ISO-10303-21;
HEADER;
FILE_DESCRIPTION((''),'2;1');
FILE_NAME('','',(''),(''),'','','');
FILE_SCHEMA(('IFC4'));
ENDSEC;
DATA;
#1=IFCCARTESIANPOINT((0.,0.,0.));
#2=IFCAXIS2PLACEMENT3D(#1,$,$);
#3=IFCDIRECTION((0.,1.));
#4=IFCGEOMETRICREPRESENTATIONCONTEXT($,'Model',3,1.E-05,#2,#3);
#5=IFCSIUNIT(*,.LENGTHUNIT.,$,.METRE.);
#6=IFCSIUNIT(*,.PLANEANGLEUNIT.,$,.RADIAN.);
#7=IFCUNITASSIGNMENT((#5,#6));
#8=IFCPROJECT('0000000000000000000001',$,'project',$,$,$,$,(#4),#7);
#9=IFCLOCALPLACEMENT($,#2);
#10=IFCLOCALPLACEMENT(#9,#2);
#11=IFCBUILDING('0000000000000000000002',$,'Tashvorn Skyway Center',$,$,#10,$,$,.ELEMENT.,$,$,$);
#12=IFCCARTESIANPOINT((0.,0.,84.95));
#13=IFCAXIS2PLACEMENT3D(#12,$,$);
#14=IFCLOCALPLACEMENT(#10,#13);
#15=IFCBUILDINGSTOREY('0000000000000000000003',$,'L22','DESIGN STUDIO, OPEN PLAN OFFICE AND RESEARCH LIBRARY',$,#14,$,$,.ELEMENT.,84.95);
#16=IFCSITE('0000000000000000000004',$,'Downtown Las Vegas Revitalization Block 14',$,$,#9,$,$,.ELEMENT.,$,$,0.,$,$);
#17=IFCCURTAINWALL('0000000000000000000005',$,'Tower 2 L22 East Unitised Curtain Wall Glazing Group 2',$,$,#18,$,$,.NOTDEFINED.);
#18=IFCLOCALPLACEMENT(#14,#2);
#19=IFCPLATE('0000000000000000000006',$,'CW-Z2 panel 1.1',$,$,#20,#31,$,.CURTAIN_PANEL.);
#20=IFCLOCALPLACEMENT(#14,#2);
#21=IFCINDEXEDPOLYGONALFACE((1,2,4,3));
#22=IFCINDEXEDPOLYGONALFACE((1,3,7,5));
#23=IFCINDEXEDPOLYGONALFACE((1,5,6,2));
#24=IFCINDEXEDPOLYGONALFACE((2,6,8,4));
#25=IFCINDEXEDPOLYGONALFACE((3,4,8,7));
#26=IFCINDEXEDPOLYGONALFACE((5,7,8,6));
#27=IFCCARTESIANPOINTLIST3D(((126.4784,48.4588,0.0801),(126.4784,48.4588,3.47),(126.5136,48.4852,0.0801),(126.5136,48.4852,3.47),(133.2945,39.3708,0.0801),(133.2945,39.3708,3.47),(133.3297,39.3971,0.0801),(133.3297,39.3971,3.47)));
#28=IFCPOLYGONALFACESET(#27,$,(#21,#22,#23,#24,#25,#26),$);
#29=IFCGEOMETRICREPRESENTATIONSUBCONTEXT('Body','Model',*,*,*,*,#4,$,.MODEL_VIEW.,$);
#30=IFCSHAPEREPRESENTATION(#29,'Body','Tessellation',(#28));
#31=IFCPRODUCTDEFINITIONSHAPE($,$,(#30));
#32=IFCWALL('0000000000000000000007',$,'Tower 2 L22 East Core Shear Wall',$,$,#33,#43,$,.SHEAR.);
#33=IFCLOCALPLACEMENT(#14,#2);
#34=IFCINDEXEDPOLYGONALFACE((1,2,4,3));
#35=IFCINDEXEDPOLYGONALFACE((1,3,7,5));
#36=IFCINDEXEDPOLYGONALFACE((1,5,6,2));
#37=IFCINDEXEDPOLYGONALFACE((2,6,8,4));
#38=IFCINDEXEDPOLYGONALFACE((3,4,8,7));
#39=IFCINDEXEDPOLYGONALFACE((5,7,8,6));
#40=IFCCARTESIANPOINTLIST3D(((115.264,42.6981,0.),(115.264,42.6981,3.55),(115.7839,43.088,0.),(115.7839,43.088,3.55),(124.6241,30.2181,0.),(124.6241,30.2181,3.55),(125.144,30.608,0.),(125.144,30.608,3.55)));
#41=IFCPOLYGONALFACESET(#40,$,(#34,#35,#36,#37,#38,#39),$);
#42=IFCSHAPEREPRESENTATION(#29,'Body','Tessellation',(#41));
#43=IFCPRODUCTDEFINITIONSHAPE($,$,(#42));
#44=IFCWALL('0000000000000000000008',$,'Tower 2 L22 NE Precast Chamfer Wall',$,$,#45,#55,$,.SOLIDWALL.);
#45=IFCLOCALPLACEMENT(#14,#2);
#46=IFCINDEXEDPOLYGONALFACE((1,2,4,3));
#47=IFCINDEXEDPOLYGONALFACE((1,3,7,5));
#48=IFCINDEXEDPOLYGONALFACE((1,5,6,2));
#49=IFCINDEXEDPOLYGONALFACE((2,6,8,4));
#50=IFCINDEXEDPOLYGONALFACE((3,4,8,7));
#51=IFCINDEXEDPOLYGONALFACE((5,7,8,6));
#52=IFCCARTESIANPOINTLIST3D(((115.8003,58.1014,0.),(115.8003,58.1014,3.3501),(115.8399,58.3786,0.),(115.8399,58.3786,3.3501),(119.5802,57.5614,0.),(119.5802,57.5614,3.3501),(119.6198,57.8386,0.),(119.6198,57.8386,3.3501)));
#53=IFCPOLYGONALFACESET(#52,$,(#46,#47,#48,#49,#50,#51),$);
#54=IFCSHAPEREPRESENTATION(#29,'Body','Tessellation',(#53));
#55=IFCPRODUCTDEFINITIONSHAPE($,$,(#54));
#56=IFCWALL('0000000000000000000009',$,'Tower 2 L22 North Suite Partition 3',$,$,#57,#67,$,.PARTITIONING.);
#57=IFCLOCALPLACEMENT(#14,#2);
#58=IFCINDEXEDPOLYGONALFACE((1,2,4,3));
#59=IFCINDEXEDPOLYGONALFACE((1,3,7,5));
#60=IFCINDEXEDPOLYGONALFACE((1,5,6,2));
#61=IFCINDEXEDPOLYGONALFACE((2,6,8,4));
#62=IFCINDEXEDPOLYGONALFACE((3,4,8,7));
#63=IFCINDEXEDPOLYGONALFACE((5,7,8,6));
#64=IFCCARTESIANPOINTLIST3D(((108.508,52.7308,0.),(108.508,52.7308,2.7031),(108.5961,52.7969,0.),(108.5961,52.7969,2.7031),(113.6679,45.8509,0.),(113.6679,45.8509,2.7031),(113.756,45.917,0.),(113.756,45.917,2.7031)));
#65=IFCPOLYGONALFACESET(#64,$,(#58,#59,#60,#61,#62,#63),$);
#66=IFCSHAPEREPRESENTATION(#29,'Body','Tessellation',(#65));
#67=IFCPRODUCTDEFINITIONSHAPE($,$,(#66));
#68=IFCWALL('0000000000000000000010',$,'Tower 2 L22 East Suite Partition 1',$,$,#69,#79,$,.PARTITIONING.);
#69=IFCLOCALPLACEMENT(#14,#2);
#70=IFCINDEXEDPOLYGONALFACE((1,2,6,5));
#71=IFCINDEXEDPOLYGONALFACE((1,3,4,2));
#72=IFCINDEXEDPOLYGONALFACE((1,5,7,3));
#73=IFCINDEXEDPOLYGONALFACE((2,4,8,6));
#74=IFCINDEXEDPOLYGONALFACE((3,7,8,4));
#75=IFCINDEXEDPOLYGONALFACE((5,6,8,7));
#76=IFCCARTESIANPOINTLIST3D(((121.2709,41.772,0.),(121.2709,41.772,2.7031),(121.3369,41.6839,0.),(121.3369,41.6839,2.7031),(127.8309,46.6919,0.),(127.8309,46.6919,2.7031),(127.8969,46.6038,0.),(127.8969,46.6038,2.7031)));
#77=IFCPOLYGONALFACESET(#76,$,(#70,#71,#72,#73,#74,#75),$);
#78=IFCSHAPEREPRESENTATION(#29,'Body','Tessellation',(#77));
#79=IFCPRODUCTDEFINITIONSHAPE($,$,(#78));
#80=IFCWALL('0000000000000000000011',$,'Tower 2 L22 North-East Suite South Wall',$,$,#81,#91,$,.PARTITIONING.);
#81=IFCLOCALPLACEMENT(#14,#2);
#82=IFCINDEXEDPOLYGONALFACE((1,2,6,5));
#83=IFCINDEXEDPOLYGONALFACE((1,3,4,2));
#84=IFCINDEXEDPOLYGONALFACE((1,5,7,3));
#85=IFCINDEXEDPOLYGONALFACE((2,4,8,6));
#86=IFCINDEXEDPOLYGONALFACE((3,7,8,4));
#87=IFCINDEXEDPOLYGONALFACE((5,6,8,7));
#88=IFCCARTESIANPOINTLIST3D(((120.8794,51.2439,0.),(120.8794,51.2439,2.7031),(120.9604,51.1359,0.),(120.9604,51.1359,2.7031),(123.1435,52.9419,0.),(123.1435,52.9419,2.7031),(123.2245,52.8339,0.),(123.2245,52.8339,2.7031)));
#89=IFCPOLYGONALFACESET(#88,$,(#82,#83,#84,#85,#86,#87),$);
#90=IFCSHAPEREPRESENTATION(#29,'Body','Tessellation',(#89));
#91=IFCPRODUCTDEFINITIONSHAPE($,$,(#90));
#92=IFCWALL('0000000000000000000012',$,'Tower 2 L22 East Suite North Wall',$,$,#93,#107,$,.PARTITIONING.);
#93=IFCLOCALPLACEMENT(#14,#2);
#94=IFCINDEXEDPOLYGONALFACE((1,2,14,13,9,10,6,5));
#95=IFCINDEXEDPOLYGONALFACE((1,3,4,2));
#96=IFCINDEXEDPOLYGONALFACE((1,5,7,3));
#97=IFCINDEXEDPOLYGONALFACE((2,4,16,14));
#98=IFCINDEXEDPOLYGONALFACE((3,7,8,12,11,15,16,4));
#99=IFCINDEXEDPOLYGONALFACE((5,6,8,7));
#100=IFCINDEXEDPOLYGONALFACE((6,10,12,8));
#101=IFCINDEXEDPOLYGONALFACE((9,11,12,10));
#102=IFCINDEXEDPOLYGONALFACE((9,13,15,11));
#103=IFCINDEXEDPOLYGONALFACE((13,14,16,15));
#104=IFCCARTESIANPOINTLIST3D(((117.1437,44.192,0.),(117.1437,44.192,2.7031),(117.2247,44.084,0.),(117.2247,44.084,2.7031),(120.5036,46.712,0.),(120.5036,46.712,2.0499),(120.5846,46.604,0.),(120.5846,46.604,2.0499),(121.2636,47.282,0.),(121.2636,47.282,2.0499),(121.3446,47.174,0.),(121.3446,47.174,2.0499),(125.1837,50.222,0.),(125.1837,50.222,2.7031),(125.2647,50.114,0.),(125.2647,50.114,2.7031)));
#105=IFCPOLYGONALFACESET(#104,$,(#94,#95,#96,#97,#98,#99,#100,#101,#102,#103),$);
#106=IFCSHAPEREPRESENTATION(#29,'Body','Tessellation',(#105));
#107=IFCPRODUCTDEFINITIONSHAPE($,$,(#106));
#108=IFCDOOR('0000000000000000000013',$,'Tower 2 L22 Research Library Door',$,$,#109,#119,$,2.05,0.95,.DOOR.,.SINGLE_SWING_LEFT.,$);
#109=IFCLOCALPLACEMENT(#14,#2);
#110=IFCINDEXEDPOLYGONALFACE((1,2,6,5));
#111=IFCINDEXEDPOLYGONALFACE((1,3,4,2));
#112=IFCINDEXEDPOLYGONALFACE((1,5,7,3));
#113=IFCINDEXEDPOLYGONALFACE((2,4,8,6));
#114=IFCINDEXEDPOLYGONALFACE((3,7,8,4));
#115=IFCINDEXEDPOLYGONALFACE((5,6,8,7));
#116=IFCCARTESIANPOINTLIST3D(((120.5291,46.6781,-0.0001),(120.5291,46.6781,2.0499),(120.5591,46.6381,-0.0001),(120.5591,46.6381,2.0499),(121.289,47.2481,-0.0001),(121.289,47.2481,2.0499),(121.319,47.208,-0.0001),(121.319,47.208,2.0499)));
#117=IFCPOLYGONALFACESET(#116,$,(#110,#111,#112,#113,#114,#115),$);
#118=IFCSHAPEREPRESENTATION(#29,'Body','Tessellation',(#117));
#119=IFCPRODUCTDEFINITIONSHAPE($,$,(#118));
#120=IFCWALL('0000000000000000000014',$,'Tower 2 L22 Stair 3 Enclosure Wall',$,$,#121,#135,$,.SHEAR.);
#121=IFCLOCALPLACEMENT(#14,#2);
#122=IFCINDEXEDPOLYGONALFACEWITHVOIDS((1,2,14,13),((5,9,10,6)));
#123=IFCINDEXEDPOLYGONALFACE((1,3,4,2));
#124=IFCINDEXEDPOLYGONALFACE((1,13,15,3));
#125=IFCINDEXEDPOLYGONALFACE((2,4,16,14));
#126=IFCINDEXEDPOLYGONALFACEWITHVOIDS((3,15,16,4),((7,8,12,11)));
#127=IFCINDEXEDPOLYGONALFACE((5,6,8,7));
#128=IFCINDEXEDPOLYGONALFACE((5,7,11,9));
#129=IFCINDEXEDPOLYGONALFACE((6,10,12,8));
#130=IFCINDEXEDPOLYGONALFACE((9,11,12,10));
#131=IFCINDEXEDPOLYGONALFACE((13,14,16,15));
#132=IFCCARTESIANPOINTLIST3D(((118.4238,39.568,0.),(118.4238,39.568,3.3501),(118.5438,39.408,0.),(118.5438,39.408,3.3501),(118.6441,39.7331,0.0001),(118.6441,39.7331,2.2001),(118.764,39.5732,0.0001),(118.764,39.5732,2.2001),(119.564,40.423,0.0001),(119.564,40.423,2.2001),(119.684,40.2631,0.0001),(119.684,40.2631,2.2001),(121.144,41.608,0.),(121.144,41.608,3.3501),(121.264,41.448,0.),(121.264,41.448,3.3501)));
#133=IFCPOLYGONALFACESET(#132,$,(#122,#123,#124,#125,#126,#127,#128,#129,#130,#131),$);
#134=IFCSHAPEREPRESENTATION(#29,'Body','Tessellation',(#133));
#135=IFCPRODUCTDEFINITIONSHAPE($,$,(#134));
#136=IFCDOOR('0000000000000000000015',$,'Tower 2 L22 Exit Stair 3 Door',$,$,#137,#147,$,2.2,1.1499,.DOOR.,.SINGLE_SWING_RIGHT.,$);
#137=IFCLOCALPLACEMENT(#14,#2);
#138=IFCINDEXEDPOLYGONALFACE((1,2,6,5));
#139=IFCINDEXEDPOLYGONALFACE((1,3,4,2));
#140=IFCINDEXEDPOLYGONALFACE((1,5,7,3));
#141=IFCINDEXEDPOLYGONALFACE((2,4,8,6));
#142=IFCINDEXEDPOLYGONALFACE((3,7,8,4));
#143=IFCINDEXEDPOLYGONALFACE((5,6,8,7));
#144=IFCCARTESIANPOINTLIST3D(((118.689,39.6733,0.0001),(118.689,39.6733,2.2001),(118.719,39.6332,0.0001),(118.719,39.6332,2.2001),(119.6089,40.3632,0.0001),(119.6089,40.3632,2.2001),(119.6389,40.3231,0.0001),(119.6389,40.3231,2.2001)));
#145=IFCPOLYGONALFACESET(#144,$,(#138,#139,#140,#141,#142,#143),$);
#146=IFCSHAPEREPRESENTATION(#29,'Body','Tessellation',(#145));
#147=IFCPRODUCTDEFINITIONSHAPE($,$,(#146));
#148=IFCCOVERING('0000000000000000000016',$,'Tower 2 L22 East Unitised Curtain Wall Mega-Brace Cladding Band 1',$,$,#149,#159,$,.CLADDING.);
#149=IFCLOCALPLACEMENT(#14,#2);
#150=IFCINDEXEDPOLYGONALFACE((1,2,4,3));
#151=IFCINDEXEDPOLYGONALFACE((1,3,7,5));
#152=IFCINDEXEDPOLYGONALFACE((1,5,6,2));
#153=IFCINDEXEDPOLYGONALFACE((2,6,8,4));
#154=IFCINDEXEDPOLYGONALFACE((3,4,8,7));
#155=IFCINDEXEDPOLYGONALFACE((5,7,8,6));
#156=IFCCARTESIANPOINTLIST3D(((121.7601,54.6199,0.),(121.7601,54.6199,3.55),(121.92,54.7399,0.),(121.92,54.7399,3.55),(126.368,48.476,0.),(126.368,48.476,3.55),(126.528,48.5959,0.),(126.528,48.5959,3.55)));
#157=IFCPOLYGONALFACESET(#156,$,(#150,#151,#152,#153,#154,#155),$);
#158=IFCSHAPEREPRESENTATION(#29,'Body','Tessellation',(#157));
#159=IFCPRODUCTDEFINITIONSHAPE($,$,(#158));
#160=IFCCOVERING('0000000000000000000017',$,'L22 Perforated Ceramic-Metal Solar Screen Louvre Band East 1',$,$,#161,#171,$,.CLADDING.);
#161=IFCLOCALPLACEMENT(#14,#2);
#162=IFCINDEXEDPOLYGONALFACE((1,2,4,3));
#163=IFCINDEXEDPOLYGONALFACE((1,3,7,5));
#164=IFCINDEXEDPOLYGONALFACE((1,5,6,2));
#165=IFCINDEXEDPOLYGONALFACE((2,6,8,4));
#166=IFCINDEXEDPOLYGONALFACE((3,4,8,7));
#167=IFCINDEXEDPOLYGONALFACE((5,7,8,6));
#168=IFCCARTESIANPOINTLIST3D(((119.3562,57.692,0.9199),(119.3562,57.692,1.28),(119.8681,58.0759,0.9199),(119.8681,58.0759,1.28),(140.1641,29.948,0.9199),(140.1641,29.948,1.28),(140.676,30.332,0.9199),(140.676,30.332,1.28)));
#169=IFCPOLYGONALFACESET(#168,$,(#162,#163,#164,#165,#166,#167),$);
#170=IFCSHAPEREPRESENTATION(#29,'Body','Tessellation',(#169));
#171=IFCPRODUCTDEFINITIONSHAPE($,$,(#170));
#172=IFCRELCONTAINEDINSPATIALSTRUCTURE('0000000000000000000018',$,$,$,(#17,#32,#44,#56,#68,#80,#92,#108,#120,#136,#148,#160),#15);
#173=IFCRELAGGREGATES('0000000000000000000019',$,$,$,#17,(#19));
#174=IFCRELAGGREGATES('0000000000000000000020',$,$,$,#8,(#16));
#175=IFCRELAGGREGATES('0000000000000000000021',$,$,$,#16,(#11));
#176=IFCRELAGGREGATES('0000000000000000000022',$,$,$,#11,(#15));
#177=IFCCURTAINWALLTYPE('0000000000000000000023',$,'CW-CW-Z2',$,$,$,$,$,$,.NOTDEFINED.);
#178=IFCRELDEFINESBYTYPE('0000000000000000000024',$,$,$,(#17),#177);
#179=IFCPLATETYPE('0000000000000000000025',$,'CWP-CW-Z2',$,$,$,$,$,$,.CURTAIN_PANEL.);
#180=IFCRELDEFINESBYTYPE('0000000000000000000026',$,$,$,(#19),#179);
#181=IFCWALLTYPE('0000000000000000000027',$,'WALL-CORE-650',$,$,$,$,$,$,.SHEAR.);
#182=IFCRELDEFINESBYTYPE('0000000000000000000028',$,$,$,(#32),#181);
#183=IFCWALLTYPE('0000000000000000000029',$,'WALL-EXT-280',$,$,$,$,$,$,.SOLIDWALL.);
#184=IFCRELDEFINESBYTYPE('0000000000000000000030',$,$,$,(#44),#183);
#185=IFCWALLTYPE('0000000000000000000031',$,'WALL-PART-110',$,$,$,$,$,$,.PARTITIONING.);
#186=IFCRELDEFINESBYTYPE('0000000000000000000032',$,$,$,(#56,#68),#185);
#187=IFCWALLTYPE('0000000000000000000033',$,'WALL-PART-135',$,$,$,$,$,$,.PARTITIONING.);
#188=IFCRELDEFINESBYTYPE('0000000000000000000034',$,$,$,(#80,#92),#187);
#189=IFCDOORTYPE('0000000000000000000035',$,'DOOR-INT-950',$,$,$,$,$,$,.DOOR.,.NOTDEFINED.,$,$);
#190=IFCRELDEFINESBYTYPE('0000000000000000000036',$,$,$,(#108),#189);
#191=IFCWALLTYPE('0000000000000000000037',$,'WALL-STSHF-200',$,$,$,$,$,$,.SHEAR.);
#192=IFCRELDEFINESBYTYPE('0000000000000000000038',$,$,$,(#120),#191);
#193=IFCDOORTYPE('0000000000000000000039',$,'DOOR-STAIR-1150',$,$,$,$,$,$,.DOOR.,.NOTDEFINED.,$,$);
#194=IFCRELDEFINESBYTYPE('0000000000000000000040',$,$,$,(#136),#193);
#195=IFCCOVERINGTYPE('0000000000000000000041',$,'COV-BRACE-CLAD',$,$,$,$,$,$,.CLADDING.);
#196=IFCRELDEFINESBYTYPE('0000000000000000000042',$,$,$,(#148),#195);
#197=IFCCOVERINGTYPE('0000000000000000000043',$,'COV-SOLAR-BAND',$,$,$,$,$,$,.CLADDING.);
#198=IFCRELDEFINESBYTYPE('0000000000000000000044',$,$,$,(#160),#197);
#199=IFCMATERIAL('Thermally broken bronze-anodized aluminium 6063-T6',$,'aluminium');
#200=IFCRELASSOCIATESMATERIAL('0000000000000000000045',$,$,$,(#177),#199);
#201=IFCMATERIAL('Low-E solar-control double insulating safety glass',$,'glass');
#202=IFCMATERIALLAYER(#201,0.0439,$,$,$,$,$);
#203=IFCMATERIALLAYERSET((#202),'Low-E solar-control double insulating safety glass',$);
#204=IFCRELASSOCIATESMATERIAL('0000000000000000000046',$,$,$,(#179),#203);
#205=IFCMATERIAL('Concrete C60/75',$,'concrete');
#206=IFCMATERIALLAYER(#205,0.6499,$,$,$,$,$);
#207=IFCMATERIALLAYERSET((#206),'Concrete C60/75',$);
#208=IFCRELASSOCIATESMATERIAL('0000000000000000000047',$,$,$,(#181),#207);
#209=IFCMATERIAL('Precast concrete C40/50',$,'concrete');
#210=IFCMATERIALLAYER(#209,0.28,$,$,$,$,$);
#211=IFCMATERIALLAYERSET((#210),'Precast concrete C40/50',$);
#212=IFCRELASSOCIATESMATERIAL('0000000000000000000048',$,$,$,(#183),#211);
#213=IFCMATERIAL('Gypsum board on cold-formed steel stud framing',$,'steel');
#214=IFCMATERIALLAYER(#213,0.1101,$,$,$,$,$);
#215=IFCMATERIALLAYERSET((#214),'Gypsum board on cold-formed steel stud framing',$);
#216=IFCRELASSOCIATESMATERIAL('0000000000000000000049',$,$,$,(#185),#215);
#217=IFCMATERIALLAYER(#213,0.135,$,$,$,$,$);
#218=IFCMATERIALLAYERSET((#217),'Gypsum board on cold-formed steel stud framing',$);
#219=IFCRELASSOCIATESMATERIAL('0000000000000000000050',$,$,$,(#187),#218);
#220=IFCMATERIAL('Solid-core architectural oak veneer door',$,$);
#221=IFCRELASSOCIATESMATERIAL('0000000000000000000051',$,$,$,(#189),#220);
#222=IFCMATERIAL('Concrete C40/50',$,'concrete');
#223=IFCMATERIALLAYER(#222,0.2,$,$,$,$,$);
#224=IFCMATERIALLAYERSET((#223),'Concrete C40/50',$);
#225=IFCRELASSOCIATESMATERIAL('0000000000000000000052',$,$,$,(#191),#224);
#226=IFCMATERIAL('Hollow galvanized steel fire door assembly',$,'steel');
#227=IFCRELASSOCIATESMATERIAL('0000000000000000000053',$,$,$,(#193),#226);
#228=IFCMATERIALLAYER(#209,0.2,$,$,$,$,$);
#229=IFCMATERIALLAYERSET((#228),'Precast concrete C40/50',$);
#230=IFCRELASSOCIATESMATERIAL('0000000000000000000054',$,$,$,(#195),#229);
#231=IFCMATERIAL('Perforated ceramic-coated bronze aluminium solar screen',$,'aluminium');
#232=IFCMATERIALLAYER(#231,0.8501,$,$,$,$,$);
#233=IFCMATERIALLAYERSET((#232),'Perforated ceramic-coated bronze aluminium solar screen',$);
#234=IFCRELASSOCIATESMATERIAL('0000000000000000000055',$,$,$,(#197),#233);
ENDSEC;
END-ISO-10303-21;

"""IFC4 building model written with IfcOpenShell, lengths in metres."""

from ifc_helpers import new_model, si_unit, direction, frame, frame_2d, origin, origin_2d, place, context, subcontext, project, spatial, rectangle, extrude, material, layer, layer_set, type_object, element, fill, aggregate, save


model = new_model("IFC4")

# Units and contexts
model_context = context("Model", 3, precision=1e-05, world=origin(), true_north=direction((0.0, 1.0)))
body_context = subcontext(model_context, "Body", "Model", "MODEL_VIEW")
ifc_project = project(units=[si_unit("LENGTHUNIT", "METRE"), si_unit("PLANEANGLEUNIT", "RADIAN")], contexts=[model_context])

# Site, building, storey
site_placement = place(None, origin())
site = spatial("IfcSite", under=ifc_project, at=site_placement, Name="Downtown Las Vegas Revitalization Block 14", CompositionType="ELEMENT", RefElevation=0.0)
building_placement = place(site_placement, origin())
building = spatial("IfcBuilding", under=site, at=building_placement, Name="Tashvorn Skyway Center", CompositionType="ELEMENT")
storey_placement = place(building_placement, frame((0.0, 0.0, 84.95)))
storey = spatial("IfcBuildingStorey", under=building, at=storey_placement, Name="L22", Description="DESIGN STUDIO, OPEN PLAN OFFICE AND RESEARCH LIBRARY", CompositionType="ELEMENT", Elevation=84.95)

# Shared definitions
ifc_material_1 = material(Name="Thermally broken bronze-anodized aluminium 6063-T6", Category="aluminium")
curtain_wall_type = type_object("IfcCurtainWallType", Name="CW-CW-Z2", PredefinedType="NOTDEFINED", material=ifc_material_1)

# Curtain wall
curtain_wall_1_placement = place(storey_placement, origin())
curtain_wall_1 = element("IfcCurtainWall", 1, at=curtain_wall_1_placement, inside=storey, type_object=curtain_wall_type, Name="Tower 2 L22 East Unitised Curtain Wall Glazing Group 2", PredefinedType="NOTDEFINED")

# Plate
ifc_material_2 = material(Name="Low-E solar-control double insulating safety glass", Category="glass")
ifc_layer_1 = layer(ifc_material_2, 0.0439)
ifc_layer_set_1 = layer_set([ifc_layer_1], Name="Low-E solar-control double insulating safety glass")
plate_type = type_object("IfcPlateType", Name="CWP-CW-Z2", PredefinedType="CURTAIN_PANEL", material=ifc_layer_set_1)
plate_1_placement = place(storey_placement, frame((129.9041, 43.928, 0.0801), z_axis=(0.0, 0.0, 1.0), x_axis=(0.6, -0.8, 0.0)))
plate_1 = element("IfcPlate", 2, at=plate_1_placement, type_object=plate_type, Name="CW-Z2 panel 1.1", PredefinedType="CURTAIN_PANEL", context=body_context, shape_type="SweptSolid", body=[
    extrude(rectangle(XDim=11.3601, YDim=0.0439, at=origin_2d()), origin(), (0.0, 0.0, 1.0), 3.3899),
])
aggregate(curtain_wall_1, [plate_1])

# Walls
ifc_material_3 = material(Name="Concrete C60/75", Category="concrete")
ifc_layer_2 = layer(ifc_material_3, 0.6499)
ifc_layer_set_2 = layer_set([ifc_layer_2], Name="Concrete C60/75")
wall_type_1 = type_object("IfcWallType", Name="WALL-CORE-650", PredefinedType="SHEAR", material=ifc_layer_set_2)
wall_1_placement = place(storey_placement, frame((115.5239, 42.8931, 0.0), z_axis=(0.0, 0.0, 1.0), x_axis=(0.600005, -0.799996, 0.0)))
element("IfcWall", 3, at=wall_1_placement, inside=storey, type_object=wall_type_1, Name="Tower 2 L22 East Core Shear Wall", PredefinedType="SHEAR", context=body_context, shape_type="SweptSolid", body=[
    extrude(rectangle(XDim=15.6001, YDim=0.6499, at=frame_2d((7.8, 0.0))), origin(), (0.0, 0.0, 1.0), 3.55),
])
ifc_material_4 = material(Name="Precast concrete C40/50", Category="concrete")
ifc_layer_3 = layer(ifc_material_4, 0.28)
ifc_layer_set_3 = layer_set([ifc_layer_3], Name="Precast concrete C40/50")
wall_type_2 = type_object("IfcWallType", Name="WALL-EXT-280", PredefinedType="SOLIDWALL", material=ifc_layer_set_3)
wall_2_placement = place(storey_placement, frame((115.8201, 58.24, 0.0), z_axis=(0.0, 0.0, 1.0), x_axis=(0.989948, -0.14143, 0.0)))
element("IfcWall", 4, at=wall_2_placement, inside=storey, type_object=wall_type_2, Name="Tower 2 L22 NE Precast Chamfer Wall", PredefinedType="SOLIDWALL", context=body_context, shape_type="SweptSolid", body=[
    extrude(rectangle(XDim=3.8184, YDim=0.28, at=frame_2d((1.9092, 0.0))), origin(), (0.0, 0.0, 1.0), 3.3501),
])
ifc_material_5 = material(Name="Gypsum board on cold-formed steel stud framing", Category="steel")
ifc_layer_4 = layer(ifc_material_5, 0.1101)
ifc_layer_set_4 = layer_set([ifc_layer_4], Name="Gypsum board on cold-formed steel stud framing")
wall_type_3 = type_object("IfcWallType", Name="WALL-PART-110", PredefinedType="PARTITIONING", material=ifc_layer_set_4)
wall_3_placement = place(storey_placement, frame((113.7119, 45.884, 0.0), z_axis=(0.0, 0.0, 1.0), x_axis=(-0.6, 0.8, 0.0)))
element("IfcWall", 5, at=wall_3_placement, inside=storey, type_object=wall_type_3, Name="Tower 2 L22 North Suite Partition 3", PredefinedType="PARTITIONING", context=body_context, shape_type="SweptSolid", body=[
    extrude(rectangle(XDim=8.5999, YDim=0.1101, at=frame_2d((4.2998, 0.0))), origin(), (0.0, 0.0, 1.0), 2.7031),
])
wall_4_placement = place(storey_placement, frame((127.864, 46.6479, 0.0), z_axis=(0.0, 0.0, 1.0), x_axis=(-0.800007, -0.59999, 0.0)))
element("IfcWall", 6, at=wall_4_placement, inside=storey, type_object=wall_type_3, Name="Tower 2 L22 East Suite Partition 1", PredefinedType="PARTITIONING", context=body_context, shape_type="SweptSolid", body=[
    extrude(rectangle(XDim=8.2, YDim=0.1101, at=frame_2d((4.1001, 0.0))), origin(), (0.0, 0.0, 1.0), 2.7031),
])
ifc_layer_5 = layer(ifc_material_5, 0.135)
ifc_layer_set_5 = layer_set([ifc_layer_5], Name="Gypsum board on cold-formed steel stud framing")
wall_type_4 = type_object("IfcWallType", Name="WALL-PART-135", PredefinedType="PARTITIONING", material=ifc_layer_set_5)
wall_5_placement = place(storey_placement, frame((120.9199, 51.1899, 0.0), z_axis=(0.0, 0.0, 1.0), x_axis=(0.800021, 0.599972, 0.0)))
element("IfcWall", 7, at=wall_5_placement, inside=storey, type_object=wall_type_4, Name="Tower 2 L22 North-East Suite South Wall", PredefinedType="PARTITIONING", context=body_context, shape_type="SweptSolid", body=[
    extrude(rectangle(XDim=2.8301, YDim=0.135, at=frame_2d((1.415, 0.0))), origin(), (0.0, 0.0, 1.0), 2.7031),
])

# Walls, openings, doors
wall_6_placement = place(storey_placement, frame((125.2241, 50.168, 0.0), z_axis=(0.0, 0.0, 1.0), x_axis=(-0.8, -0.6, 0.0)))
wall_6 = element("IfcWall", 8, at=wall_6_placement, inside=storey, type_object=wall_type_4, Name="Tower 2 L22 East Suite North Wall", PredefinedType="PARTITIONING", context=body_context, shape_type="SweptSolid", body=[
    extrude(rectangle(XDim=10.05, YDim=0.135, at=frame_2d((5.0249, 0.0))), origin(), (0.0, 0.0, 1.0), 2.7031),
])
opening_1_placement = place(wall_6_placement, frame((4.8999, 0.0, 0.0)))
opening_1 = element("IfcOpeningElement", 9, at=opening_1_placement, cuts=wall_6, PredefinedType="OPENING", context=body_context, shape_type="SweptSolid", body=[
    extrude(rectangle(XDim=0.95, YDim=2.05, at=frame_2d((0.4751, 1.0249))), frame((0.0, 0.0774, 0.0), z_axis=(0.0, -1.0, 0.0), x_axis=(1.0, 0.0, 0.0)), (0.0, 0.0, 1.0), 0.155),
])
ifc_material_6 = material(Name="Solid-core architectural oak veneer door")
door_type_1 = type_object("IfcDoorType", Name="DOOR-INT-950", OperationType="NOTDEFINED", PredefinedType="DOOR", material=ifc_material_6)
door_1_placement = place(opening_1_placement, origin())
door_1 = element("IfcDoor", 10, at=door_1_placement, inside=storey, type_object=door_type_1, Name="Tower 2 L22 Research Library Door", OperationType="SINGLE_SWING_LEFT", OverallHeight=2.05, OverallWidth=0.95, PredefinedType="DOOR", context=body_context, shape_type="SweptSolid", body=[
    extrude(rectangle(XDim=0.95, YDim=2.05, at=frame_2d((0.4751, 1.0249))), frame((0.0, 0.0249, 0.0), z_axis=(0.0, -1.0, 0.0), x_axis=(1.0, 0.0, 0.0)), (0.0, 0.0, 1.0), 0.05),
])
fill(opening_1, door_1)
ifc_material_7 = material(Name="Concrete C40/50", Category="concrete")
ifc_layer_6 = layer(ifc_material_7, 0.2)
ifc_layer_set_6 = layer_set([ifc_layer_6], Name="Concrete C40/50")
wall_type_5 = type_object("IfcWallType", Name="WALL-STSHF-200", PredefinedType="SHEAR", material=ifc_layer_set_6)
wall_7_placement = place(storey_placement, frame((121.2041, 41.5281, 0.0), z_axis=(0.0, 0.0, 1.0), x_axis=(-0.800017, -0.599977, 0.0)))
wall_7 = element("IfcWall", 11, at=wall_7_placement, inside=storey, type_object=wall_type_5, Name="Tower 2 L22 Stair 3 Enclosure Wall", PredefinedType="SHEAR", context=body_context, shape_type="SweptSolid", body=[
    extrude(rectangle(XDim=3.4001, YDim=0.2, at=frame_2d((1.7002, 0.0))), origin(), (0.0, 0.0, 1.0), 3.3501),
])
opening_2_placement = place(wall_7_placement, frame((1.9751, 0.0, 0.0)))
opening_2 = element("IfcOpeningElement", 12, at=opening_2_placement, cuts=wall_7, PredefinedType="OPENING", context=body_context, shape_type="SweptSolid", body=[
    extrude(rectangle(XDim=1.1499, YDim=2.2, at=frame_2d((0.575, 1.1001))), frame((0.0, 0.1099, 0.0), z_axis=(0.0, -1.0, 0.0), x_axis=(1.0, 0.0, 0.0)), (0.0, 0.0, 1.0), 0.22),
])
ifc_material_8 = material(Name="Hollow galvanized steel fire door assembly", Category="steel")
door_type_2 = type_object("IfcDoorType", Name="DOOR-STAIR-1150", OperationType="NOTDEFINED", PredefinedType="DOOR", material=ifc_material_8)
door_2_placement = place(opening_2_placement, origin())
door_2 = element("IfcDoor", 13, at=door_2_placement, inside=storey, type_object=door_type_2, Name="Tower 2 L22 Exit Stair 3 Door", OperationType="SINGLE_SWING_RIGHT", OverallHeight=2.2, OverallWidth=1.1499, PredefinedType="DOOR", context=body_context, shape_type="SweptSolid", body=[
    extrude(rectangle(XDim=1.1499, YDim=2.2, at=frame_2d((0.575, 1.1001))), frame((0.0, 0.0249, 0.0), z_axis=(0.0, -1.0, 0.0), x_axis=(1.0, 0.0, 0.0)), (0.0, 0.0, 1.0), 0.05),
])
fill(opening_2, door_2)

# Coverings
ifc_layer_7 = layer(ifc_material_4, 0.2)
ifc_layer_set_7 = layer_set([ifc_layer_7], Name="Precast concrete C40/50")
covering_type_1 = type_object("IfcCoveringType", Name="COV-BRACE-CLAD", PredefinedType="CLADDING", material=ifc_layer_set_7)
covering_1_placement = place(storey_placement, frame((124.144, 51.6079, 0.0), z_axis=(0.0, 0.0, 1.0), x_axis=(0.6, -0.8, 0.0)))
element("IfcCovering", 14, at=covering_1_placement, inside=storey, type_object=covering_type_1, Name="Tower 2 L22 East Unitised Curtain Wall Mega-Brace Cladding Band 1", PredefinedType="CLADDING", context=body_context, shape_type="SweptSolid", body=[
    extrude(rectangle(XDim=7.6799, YDim=0.2, at=origin_2d()), origin(), (0.0, 0.0, 1.0), 3.55),
])
ifc_material_9 = material(Name="Perforated ceramic-coated bronze aluminium solar screen", Category="aluminium")
ifc_layer_8 = layer(ifc_material_9, 0.8501)
ifc_layer_set_8 = layer_set([ifc_layer_8], Name="Perforated ceramic-coated bronze aluminium solar screen")
covering_type_2 = type_object("IfcCoveringType", Name="COV-SOLAR-BAND", PredefinedType="CLADDING", material=ifc_layer_set_8)
for number, where, z_axis, x_axis, name in (
    (15, (130.0161, 44.012, 0.9199), (0.0, 0.0, 1.0), (0.6, -0.8, 0.0), "L22 Perforated Ceramic-Metal Solar Screen Louvre Band East 1"),
):
    element("IfcCovering", number, at=place(storey_placement, frame(where, z_axis=z_axis, x_axis=x_axis)), inside=storey, type_object=covering_type_2, Name=name, PredefinedType="CLADDING", context=body_context, shape_type="SweptSolid", body=[
        extrude(rectangle(XDim=34.6799, YDim=0.6399, at=origin_2d()), origin(), (0.0, 0.0, 1.0), 0.3601),
    ])

save(model, "model.ifc")
